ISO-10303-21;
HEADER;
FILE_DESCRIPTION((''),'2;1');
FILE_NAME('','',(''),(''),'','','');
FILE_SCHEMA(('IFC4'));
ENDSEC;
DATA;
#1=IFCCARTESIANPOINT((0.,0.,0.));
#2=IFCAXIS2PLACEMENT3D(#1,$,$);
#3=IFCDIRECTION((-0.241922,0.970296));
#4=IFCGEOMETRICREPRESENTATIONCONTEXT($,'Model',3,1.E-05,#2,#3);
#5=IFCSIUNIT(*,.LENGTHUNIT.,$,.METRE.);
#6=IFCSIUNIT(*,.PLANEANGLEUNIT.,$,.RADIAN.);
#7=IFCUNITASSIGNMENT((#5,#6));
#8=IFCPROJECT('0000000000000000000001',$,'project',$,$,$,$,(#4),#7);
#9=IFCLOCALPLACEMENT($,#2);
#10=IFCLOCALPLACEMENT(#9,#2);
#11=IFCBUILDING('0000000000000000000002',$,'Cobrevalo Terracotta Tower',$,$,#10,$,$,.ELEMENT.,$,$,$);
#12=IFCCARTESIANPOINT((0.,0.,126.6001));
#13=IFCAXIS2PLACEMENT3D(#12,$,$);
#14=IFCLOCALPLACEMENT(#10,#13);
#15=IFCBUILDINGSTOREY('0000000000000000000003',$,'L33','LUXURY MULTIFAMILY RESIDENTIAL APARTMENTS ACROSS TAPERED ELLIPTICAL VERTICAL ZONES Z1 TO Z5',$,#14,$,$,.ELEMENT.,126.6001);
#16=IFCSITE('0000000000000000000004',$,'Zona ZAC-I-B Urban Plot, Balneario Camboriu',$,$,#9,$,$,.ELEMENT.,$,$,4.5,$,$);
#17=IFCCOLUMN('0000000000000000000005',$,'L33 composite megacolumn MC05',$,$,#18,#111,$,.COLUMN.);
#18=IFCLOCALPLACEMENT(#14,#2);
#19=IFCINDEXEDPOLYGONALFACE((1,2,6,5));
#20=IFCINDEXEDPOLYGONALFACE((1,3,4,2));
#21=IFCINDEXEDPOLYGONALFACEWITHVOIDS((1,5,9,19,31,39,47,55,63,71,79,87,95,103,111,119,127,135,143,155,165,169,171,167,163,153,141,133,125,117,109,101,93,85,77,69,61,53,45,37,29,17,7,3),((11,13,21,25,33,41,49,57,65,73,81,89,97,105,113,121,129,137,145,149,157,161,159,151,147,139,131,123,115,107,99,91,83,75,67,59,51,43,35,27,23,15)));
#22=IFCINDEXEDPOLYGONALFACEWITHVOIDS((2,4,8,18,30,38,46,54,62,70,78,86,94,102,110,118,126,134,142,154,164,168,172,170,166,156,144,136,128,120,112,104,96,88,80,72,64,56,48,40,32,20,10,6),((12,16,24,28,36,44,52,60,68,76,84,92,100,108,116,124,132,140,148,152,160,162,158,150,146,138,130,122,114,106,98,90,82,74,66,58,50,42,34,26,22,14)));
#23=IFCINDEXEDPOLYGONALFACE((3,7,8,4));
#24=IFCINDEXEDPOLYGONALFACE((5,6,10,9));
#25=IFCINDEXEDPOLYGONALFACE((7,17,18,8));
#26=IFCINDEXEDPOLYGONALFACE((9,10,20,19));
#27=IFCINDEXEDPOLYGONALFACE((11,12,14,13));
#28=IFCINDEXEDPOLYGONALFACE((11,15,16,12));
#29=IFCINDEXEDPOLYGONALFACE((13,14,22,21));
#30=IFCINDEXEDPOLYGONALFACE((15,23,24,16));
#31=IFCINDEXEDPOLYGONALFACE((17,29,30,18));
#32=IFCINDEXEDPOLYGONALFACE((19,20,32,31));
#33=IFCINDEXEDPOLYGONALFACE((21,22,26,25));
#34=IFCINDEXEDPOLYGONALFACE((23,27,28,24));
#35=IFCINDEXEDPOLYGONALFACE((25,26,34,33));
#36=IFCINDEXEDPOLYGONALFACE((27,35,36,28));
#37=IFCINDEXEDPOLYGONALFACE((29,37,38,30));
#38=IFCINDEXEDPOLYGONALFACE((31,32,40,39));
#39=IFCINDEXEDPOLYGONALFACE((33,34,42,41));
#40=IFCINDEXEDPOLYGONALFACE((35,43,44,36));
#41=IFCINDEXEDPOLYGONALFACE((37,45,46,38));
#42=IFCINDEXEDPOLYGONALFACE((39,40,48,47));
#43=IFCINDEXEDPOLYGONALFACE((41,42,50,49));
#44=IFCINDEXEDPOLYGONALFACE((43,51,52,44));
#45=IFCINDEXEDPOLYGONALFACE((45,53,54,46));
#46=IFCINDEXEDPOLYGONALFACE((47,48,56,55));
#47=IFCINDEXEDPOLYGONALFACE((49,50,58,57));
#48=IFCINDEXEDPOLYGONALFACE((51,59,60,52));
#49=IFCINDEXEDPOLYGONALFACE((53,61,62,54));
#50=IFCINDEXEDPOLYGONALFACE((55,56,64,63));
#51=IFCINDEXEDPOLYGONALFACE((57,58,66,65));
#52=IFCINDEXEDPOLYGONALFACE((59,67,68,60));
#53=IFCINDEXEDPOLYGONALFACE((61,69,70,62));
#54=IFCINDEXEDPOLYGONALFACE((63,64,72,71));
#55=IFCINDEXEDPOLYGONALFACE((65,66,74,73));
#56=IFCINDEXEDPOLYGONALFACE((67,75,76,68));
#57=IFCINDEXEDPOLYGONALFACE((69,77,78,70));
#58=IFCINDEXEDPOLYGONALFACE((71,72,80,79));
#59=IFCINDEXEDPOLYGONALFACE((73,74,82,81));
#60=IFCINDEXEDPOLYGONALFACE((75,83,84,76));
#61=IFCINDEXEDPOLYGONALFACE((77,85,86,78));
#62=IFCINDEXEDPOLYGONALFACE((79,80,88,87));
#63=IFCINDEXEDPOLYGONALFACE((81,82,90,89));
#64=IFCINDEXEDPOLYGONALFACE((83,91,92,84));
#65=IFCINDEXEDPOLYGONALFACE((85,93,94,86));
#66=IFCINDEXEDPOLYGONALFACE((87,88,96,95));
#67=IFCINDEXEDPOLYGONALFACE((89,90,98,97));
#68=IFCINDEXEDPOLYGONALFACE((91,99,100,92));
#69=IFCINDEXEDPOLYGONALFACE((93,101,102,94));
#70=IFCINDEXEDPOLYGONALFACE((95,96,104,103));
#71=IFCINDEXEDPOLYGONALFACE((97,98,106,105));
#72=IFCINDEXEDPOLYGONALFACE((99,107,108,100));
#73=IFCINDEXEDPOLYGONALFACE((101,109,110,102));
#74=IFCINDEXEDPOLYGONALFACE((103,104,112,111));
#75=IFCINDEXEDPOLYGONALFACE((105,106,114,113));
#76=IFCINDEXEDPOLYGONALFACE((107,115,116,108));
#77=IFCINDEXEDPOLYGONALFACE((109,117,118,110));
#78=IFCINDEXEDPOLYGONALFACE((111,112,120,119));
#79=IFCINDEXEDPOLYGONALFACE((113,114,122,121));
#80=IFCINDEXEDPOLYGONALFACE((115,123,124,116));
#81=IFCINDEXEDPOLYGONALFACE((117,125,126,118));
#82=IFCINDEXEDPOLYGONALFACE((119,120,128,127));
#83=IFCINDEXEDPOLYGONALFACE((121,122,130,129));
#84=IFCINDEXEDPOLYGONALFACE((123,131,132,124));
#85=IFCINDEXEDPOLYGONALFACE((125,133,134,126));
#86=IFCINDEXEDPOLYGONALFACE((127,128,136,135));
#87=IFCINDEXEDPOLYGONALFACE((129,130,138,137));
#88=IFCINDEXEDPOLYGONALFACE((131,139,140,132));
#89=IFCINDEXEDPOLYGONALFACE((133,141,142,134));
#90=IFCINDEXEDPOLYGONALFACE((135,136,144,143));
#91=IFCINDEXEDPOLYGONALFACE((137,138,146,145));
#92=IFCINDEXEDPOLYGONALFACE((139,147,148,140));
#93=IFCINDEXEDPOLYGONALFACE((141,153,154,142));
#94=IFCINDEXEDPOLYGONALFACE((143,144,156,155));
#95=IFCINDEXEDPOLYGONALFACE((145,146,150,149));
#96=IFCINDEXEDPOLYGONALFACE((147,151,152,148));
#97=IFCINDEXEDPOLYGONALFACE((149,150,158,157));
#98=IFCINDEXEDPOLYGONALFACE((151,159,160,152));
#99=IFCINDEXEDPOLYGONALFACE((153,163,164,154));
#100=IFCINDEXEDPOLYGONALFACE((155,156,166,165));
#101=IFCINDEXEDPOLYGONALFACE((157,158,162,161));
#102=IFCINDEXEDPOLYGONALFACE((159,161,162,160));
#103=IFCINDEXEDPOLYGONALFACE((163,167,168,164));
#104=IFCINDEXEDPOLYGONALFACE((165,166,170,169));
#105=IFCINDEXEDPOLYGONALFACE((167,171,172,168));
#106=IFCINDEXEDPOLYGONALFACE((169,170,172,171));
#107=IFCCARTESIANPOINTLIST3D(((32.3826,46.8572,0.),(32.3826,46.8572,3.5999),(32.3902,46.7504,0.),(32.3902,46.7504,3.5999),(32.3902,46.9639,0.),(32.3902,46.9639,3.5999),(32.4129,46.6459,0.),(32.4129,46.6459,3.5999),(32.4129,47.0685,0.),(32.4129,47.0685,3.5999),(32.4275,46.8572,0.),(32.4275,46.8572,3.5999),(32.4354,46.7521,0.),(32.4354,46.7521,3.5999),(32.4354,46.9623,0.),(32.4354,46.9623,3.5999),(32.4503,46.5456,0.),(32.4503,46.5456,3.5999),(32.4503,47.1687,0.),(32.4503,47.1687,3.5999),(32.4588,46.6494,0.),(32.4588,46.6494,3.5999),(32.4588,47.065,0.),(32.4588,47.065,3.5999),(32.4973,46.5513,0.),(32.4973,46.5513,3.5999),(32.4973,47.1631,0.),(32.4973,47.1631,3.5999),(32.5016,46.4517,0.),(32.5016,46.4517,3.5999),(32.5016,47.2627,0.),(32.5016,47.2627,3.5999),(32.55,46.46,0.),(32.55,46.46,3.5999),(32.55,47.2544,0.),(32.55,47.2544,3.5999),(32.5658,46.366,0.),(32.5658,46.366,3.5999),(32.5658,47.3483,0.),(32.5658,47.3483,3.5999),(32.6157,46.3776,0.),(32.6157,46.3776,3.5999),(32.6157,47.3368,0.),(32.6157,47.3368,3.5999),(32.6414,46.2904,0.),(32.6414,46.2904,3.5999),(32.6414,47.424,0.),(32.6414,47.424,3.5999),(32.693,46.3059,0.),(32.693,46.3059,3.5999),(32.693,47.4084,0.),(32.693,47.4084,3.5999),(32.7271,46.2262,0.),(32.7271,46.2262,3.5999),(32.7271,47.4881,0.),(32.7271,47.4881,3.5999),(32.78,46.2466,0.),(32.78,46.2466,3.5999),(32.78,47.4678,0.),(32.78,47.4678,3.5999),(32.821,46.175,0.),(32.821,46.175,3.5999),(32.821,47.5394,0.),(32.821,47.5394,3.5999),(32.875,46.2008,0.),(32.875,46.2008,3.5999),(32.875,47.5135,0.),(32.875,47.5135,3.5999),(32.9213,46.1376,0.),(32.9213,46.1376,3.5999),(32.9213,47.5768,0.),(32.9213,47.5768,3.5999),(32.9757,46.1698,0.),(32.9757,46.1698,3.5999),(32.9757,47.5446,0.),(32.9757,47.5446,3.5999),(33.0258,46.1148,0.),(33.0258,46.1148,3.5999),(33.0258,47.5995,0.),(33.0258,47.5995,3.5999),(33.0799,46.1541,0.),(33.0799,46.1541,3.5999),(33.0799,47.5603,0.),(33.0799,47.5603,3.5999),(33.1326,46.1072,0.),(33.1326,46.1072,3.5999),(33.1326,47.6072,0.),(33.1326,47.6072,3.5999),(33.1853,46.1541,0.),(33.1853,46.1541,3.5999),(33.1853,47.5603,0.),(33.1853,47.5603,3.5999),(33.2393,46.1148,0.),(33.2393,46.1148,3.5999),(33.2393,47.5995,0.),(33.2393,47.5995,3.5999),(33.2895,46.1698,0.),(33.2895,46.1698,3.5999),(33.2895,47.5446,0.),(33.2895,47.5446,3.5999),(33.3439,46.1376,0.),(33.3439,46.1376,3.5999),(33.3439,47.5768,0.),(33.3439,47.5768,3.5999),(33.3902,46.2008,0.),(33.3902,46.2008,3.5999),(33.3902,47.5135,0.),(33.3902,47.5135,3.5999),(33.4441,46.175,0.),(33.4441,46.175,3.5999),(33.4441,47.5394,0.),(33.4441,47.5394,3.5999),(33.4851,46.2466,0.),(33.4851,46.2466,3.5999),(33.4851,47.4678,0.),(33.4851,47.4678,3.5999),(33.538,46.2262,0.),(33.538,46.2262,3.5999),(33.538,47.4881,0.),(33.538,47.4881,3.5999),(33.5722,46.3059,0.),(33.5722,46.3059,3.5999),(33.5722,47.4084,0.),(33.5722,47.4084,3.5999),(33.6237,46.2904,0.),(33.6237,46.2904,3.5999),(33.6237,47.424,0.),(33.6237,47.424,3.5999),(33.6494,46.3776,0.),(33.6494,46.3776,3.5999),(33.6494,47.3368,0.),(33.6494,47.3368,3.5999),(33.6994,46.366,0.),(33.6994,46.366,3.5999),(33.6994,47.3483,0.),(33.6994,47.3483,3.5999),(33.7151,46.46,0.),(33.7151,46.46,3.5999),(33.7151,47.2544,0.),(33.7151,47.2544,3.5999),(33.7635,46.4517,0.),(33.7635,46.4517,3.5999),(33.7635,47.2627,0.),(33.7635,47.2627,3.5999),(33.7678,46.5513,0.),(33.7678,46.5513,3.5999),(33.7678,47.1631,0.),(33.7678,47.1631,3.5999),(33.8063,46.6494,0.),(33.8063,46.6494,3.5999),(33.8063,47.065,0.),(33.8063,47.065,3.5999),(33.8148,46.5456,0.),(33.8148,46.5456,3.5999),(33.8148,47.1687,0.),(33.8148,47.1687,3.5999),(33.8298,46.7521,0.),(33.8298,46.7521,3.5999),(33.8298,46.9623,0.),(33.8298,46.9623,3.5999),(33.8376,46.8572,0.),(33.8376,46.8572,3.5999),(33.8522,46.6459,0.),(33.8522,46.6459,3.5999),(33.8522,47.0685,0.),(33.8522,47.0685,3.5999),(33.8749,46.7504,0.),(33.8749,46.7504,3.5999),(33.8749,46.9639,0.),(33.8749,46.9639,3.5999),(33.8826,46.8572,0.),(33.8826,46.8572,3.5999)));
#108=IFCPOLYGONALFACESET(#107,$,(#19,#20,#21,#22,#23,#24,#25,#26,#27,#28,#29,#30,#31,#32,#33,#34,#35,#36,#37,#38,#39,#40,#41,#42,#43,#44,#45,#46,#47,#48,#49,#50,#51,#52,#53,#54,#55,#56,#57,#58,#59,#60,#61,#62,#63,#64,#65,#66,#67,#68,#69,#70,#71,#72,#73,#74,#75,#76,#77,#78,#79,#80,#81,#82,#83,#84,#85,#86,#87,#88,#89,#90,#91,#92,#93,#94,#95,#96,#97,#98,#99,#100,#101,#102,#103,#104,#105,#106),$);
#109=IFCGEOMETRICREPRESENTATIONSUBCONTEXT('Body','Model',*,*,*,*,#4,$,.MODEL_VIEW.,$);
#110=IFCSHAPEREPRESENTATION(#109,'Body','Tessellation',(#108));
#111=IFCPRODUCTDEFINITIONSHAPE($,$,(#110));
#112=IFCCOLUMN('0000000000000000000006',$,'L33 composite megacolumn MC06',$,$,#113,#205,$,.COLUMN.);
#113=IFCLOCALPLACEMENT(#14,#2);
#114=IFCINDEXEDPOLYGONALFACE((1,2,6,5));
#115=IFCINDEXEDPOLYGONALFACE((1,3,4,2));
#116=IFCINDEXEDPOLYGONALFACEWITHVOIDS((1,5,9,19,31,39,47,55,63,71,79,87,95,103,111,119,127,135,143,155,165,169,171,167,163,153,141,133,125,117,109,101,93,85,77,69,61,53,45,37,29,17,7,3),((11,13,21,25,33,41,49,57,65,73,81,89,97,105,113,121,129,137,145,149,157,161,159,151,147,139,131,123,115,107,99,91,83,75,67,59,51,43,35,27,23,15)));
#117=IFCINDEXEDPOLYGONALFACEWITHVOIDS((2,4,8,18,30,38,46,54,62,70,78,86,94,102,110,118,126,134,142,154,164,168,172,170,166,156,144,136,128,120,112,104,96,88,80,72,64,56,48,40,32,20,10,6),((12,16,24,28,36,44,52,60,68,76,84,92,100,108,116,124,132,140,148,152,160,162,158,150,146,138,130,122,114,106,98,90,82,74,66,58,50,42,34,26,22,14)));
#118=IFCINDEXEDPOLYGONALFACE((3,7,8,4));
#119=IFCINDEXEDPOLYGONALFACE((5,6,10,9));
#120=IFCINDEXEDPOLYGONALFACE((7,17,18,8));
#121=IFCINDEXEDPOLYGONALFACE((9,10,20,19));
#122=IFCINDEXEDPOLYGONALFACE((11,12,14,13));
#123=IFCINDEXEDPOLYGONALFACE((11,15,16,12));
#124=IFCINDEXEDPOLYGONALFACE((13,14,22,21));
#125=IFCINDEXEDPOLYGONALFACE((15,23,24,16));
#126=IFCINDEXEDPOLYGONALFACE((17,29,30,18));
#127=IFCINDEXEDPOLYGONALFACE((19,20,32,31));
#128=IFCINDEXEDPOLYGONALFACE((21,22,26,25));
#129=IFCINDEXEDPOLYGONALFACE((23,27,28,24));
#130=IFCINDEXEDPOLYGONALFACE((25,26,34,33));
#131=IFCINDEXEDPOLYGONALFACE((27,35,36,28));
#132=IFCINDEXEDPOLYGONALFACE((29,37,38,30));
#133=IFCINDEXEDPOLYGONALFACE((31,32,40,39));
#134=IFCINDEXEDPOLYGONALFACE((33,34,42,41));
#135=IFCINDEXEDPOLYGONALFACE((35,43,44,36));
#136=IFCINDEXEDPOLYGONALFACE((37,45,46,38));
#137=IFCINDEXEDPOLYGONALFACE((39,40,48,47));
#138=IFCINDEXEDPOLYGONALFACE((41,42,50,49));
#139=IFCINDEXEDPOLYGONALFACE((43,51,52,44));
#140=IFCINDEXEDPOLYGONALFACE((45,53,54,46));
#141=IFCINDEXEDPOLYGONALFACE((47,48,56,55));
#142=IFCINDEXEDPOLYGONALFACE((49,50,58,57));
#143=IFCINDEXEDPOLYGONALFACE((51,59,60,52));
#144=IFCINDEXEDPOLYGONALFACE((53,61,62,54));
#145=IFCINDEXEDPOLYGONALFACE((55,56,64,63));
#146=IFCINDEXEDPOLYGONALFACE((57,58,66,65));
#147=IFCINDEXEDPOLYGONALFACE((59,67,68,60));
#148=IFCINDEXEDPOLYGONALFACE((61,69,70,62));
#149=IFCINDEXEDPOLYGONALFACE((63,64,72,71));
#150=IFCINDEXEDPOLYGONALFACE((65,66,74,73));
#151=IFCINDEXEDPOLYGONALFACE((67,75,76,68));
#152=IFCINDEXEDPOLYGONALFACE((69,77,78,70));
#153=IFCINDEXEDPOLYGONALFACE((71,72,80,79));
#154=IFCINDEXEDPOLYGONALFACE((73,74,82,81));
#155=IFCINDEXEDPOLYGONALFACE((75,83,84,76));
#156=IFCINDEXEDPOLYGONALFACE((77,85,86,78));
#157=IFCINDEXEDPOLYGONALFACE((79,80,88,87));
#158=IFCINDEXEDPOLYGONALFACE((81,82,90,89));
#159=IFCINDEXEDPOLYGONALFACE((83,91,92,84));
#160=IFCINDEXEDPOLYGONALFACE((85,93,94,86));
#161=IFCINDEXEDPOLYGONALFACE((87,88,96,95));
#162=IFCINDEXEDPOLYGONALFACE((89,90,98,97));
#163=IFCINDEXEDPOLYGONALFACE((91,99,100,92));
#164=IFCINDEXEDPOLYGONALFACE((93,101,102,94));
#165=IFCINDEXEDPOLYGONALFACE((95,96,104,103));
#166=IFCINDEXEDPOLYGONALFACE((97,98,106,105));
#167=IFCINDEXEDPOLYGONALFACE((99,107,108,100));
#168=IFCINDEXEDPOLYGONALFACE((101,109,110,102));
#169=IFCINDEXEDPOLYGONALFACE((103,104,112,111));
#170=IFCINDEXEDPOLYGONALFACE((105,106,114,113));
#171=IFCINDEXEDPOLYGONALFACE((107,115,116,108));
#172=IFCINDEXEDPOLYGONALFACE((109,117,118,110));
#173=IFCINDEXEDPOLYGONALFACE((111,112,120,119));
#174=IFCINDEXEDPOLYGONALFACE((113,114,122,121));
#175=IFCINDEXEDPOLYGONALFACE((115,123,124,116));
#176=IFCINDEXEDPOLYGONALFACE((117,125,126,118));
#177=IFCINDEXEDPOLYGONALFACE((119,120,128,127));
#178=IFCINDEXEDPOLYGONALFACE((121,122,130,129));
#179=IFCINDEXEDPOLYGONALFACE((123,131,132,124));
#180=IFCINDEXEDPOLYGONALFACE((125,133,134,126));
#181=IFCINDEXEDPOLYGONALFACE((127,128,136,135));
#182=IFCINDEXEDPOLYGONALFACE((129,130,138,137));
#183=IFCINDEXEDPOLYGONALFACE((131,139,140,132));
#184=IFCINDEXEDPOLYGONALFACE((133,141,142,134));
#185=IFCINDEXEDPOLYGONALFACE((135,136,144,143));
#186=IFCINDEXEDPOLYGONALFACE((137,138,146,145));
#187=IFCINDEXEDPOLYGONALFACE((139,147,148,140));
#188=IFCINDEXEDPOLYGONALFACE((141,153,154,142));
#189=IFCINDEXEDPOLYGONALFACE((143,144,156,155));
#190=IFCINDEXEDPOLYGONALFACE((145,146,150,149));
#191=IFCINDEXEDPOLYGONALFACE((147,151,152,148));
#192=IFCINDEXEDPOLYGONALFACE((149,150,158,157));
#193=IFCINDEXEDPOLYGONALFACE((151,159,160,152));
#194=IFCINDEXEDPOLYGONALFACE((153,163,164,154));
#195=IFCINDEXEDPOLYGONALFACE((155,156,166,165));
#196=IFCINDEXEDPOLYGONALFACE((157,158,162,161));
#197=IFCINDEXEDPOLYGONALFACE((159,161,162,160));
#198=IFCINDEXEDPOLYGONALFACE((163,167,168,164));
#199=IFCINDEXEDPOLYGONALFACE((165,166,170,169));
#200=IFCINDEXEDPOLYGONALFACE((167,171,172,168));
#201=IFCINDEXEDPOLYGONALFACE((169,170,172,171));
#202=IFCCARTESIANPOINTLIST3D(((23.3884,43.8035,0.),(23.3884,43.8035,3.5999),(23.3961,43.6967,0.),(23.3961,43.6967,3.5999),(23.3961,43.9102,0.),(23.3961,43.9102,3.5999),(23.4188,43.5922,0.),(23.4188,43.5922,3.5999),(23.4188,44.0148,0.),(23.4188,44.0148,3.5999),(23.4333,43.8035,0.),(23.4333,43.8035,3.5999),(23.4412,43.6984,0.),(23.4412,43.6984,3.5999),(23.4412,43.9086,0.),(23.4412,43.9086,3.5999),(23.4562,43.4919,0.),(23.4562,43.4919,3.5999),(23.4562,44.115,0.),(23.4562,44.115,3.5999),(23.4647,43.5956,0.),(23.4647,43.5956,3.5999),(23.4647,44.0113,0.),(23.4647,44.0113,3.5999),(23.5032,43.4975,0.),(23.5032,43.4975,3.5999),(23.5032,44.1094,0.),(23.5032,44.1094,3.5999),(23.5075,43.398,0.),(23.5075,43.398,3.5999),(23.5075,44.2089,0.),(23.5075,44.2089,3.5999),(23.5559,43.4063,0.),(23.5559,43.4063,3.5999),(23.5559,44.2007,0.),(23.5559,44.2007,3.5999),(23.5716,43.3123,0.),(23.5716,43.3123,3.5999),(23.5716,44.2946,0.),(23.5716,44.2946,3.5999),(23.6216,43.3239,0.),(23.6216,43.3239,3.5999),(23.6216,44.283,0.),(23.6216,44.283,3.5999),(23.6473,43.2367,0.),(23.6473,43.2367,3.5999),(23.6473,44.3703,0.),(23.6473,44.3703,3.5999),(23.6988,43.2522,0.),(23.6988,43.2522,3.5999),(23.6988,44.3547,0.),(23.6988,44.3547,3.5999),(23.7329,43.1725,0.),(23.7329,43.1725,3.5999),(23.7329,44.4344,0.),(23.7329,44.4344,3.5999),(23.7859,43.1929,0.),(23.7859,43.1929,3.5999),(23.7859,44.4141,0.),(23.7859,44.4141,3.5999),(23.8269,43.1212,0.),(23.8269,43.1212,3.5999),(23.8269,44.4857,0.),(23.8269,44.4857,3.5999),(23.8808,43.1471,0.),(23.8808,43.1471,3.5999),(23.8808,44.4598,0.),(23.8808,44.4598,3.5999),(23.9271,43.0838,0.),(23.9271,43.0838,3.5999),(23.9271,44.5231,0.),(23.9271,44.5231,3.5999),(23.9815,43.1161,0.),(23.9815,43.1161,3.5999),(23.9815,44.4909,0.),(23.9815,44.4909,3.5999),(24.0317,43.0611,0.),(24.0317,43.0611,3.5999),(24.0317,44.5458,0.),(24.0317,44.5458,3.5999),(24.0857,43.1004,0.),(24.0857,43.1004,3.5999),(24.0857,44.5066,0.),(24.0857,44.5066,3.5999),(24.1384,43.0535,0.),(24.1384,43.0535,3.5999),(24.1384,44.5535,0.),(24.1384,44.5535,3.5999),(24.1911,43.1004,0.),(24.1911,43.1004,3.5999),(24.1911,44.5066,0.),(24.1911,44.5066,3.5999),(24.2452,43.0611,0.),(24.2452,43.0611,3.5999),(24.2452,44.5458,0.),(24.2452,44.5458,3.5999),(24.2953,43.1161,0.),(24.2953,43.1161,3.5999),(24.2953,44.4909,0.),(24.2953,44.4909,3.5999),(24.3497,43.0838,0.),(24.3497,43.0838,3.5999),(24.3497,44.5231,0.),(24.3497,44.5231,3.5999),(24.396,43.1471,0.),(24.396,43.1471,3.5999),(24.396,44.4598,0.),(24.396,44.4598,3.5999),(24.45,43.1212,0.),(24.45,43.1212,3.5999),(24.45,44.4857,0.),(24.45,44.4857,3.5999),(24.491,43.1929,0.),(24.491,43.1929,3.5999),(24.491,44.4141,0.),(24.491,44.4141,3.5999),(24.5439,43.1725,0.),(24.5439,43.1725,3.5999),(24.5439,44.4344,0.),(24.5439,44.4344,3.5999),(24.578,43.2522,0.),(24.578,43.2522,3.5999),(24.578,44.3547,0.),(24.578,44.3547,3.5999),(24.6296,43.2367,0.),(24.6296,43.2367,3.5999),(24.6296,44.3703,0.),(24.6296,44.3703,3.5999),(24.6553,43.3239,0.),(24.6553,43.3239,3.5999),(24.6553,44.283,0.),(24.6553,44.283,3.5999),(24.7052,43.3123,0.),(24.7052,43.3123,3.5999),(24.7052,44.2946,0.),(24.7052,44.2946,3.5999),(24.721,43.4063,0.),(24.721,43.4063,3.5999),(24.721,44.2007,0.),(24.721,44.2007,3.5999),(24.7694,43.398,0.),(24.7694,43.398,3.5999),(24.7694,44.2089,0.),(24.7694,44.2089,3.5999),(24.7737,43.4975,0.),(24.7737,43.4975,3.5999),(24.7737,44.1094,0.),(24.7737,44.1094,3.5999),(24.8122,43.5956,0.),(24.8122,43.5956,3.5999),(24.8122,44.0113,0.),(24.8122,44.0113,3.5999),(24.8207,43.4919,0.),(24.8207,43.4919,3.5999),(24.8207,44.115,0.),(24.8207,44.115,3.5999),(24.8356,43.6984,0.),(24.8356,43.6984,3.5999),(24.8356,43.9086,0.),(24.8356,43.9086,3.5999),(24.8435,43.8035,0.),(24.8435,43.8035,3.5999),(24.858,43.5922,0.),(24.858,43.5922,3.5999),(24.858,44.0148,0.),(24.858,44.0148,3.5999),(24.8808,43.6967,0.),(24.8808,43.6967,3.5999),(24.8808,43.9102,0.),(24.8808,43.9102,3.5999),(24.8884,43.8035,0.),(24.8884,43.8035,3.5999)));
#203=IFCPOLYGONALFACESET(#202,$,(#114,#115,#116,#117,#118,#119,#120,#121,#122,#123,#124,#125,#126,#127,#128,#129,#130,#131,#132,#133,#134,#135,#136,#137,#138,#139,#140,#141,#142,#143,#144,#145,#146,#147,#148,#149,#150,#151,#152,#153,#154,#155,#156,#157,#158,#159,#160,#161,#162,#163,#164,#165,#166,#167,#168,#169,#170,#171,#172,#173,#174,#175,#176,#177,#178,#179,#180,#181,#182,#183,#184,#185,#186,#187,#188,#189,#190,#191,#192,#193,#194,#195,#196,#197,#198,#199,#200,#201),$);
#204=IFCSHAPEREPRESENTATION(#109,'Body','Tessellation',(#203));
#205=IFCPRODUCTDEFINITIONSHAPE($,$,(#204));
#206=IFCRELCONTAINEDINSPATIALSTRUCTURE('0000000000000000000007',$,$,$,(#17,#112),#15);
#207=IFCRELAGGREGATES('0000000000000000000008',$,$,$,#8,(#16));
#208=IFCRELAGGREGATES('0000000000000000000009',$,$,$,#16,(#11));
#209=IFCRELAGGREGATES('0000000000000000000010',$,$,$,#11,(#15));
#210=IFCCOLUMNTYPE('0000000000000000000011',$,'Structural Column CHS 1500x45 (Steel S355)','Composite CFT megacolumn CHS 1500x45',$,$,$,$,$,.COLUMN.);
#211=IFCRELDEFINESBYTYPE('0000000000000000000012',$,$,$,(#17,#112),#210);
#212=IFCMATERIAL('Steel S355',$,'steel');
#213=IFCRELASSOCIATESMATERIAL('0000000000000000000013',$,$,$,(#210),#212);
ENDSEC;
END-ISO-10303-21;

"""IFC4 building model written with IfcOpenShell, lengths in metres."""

from ifc_helpers import new_model, si_unit, direction, frame, origin, origin_2d, place, context, subcontext, project, spatial, hollow_circle, extrude, material, material_profile, profile_set, type_object, element, save


model = new_model("IFC4")

# Units and contexts
model_context = context("Model", 3, precision=1e-05, world=origin(), true_north=direction((-0.241922, 0.970296)))
body_context = subcontext(model_context, "Body", "Model", "MODEL_VIEW")
ifc_project = project(units=[si_unit("LENGTHUNIT", "METRE"), si_unit("PLANEANGLEUNIT", "RADIAN")], contexts=[model_context])

# Site, building, storey
site_placement = place(None, origin())
site = spatial("IfcSite", under=ifc_project, at=site_placement, Name="Zona ZAC-I-B Urban Plot, Balneario Camboriu", CompositionType="ELEMENT", RefElevation=4.5)
building_placement = place(site_placement, origin())
building = spatial("IfcBuilding", under=site, at=building_placement, Name="Cobrevalo Terracotta Tower", CompositionType="ELEMENT")
storey_placement = place(building_placement, frame((0.0, 0.0, 126.6001)))
storey = spatial("IfcBuildingStorey", under=building, at=storey_placement, Name="L33", Description="LUXURY MULTIFAMILY RESIDENTIAL APARTMENTS ACROSS TAPERED ELLIPTICAL VERTICAL ZONES Z1 TO Z5", CompositionType="ELEMENT", Elevation=126.6001)

# Columns
ifc_material_1 = material(Name="Steel S355", Category="steel")
ifc_material_profile_1 = material_profile(ifc_material_1, hollow_circle(Radius=0.75, WallThickness=0.0449, at=origin_2d()), Name="CHS 1500x45")
ifc_profile_set_1 = profile_set([ifc_material_profile_1], Name="Steel S355")
column_type = type_object("IfcColumnType", Name="Structural Column CHS 1500x45 (Steel S355)", Description="Composite CFT megacolumn CHS 1500x45", PredefinedType="COLUMN", material=ifc_profile_set_1)
for number, where, z_axis, x_axis, name in (
    (1, (33.1326, 46.8572, 0.0), (0.0, 0.0, 1.0), (1.0, 0.0, 0.0), "L33 composite megacolumn MC05"),
    (2, (24.1384, 43.8035, 0.0), (0.0, 0.0, 1.0), (1.0, 0.0, 0.0), "L33 composite megacolumn MC06"),
):
    element("IfcColumn", number, at=place(storey_placement, frame(where, z_axis=z_axis, x_axis=x_axis)), inside=storey, type_object=column_type, Name=name, PredefinedType="COLUMN", context=body_context, shape_type="SweptSolid", body=[
        extrude(hollow_circle(Radius=0.75, WallThickness=0.0449, at=origin_2d()), origin(), (0.0, 0.0, 1.0), 3.5999),
    ])

save(model, "model.ifc")
